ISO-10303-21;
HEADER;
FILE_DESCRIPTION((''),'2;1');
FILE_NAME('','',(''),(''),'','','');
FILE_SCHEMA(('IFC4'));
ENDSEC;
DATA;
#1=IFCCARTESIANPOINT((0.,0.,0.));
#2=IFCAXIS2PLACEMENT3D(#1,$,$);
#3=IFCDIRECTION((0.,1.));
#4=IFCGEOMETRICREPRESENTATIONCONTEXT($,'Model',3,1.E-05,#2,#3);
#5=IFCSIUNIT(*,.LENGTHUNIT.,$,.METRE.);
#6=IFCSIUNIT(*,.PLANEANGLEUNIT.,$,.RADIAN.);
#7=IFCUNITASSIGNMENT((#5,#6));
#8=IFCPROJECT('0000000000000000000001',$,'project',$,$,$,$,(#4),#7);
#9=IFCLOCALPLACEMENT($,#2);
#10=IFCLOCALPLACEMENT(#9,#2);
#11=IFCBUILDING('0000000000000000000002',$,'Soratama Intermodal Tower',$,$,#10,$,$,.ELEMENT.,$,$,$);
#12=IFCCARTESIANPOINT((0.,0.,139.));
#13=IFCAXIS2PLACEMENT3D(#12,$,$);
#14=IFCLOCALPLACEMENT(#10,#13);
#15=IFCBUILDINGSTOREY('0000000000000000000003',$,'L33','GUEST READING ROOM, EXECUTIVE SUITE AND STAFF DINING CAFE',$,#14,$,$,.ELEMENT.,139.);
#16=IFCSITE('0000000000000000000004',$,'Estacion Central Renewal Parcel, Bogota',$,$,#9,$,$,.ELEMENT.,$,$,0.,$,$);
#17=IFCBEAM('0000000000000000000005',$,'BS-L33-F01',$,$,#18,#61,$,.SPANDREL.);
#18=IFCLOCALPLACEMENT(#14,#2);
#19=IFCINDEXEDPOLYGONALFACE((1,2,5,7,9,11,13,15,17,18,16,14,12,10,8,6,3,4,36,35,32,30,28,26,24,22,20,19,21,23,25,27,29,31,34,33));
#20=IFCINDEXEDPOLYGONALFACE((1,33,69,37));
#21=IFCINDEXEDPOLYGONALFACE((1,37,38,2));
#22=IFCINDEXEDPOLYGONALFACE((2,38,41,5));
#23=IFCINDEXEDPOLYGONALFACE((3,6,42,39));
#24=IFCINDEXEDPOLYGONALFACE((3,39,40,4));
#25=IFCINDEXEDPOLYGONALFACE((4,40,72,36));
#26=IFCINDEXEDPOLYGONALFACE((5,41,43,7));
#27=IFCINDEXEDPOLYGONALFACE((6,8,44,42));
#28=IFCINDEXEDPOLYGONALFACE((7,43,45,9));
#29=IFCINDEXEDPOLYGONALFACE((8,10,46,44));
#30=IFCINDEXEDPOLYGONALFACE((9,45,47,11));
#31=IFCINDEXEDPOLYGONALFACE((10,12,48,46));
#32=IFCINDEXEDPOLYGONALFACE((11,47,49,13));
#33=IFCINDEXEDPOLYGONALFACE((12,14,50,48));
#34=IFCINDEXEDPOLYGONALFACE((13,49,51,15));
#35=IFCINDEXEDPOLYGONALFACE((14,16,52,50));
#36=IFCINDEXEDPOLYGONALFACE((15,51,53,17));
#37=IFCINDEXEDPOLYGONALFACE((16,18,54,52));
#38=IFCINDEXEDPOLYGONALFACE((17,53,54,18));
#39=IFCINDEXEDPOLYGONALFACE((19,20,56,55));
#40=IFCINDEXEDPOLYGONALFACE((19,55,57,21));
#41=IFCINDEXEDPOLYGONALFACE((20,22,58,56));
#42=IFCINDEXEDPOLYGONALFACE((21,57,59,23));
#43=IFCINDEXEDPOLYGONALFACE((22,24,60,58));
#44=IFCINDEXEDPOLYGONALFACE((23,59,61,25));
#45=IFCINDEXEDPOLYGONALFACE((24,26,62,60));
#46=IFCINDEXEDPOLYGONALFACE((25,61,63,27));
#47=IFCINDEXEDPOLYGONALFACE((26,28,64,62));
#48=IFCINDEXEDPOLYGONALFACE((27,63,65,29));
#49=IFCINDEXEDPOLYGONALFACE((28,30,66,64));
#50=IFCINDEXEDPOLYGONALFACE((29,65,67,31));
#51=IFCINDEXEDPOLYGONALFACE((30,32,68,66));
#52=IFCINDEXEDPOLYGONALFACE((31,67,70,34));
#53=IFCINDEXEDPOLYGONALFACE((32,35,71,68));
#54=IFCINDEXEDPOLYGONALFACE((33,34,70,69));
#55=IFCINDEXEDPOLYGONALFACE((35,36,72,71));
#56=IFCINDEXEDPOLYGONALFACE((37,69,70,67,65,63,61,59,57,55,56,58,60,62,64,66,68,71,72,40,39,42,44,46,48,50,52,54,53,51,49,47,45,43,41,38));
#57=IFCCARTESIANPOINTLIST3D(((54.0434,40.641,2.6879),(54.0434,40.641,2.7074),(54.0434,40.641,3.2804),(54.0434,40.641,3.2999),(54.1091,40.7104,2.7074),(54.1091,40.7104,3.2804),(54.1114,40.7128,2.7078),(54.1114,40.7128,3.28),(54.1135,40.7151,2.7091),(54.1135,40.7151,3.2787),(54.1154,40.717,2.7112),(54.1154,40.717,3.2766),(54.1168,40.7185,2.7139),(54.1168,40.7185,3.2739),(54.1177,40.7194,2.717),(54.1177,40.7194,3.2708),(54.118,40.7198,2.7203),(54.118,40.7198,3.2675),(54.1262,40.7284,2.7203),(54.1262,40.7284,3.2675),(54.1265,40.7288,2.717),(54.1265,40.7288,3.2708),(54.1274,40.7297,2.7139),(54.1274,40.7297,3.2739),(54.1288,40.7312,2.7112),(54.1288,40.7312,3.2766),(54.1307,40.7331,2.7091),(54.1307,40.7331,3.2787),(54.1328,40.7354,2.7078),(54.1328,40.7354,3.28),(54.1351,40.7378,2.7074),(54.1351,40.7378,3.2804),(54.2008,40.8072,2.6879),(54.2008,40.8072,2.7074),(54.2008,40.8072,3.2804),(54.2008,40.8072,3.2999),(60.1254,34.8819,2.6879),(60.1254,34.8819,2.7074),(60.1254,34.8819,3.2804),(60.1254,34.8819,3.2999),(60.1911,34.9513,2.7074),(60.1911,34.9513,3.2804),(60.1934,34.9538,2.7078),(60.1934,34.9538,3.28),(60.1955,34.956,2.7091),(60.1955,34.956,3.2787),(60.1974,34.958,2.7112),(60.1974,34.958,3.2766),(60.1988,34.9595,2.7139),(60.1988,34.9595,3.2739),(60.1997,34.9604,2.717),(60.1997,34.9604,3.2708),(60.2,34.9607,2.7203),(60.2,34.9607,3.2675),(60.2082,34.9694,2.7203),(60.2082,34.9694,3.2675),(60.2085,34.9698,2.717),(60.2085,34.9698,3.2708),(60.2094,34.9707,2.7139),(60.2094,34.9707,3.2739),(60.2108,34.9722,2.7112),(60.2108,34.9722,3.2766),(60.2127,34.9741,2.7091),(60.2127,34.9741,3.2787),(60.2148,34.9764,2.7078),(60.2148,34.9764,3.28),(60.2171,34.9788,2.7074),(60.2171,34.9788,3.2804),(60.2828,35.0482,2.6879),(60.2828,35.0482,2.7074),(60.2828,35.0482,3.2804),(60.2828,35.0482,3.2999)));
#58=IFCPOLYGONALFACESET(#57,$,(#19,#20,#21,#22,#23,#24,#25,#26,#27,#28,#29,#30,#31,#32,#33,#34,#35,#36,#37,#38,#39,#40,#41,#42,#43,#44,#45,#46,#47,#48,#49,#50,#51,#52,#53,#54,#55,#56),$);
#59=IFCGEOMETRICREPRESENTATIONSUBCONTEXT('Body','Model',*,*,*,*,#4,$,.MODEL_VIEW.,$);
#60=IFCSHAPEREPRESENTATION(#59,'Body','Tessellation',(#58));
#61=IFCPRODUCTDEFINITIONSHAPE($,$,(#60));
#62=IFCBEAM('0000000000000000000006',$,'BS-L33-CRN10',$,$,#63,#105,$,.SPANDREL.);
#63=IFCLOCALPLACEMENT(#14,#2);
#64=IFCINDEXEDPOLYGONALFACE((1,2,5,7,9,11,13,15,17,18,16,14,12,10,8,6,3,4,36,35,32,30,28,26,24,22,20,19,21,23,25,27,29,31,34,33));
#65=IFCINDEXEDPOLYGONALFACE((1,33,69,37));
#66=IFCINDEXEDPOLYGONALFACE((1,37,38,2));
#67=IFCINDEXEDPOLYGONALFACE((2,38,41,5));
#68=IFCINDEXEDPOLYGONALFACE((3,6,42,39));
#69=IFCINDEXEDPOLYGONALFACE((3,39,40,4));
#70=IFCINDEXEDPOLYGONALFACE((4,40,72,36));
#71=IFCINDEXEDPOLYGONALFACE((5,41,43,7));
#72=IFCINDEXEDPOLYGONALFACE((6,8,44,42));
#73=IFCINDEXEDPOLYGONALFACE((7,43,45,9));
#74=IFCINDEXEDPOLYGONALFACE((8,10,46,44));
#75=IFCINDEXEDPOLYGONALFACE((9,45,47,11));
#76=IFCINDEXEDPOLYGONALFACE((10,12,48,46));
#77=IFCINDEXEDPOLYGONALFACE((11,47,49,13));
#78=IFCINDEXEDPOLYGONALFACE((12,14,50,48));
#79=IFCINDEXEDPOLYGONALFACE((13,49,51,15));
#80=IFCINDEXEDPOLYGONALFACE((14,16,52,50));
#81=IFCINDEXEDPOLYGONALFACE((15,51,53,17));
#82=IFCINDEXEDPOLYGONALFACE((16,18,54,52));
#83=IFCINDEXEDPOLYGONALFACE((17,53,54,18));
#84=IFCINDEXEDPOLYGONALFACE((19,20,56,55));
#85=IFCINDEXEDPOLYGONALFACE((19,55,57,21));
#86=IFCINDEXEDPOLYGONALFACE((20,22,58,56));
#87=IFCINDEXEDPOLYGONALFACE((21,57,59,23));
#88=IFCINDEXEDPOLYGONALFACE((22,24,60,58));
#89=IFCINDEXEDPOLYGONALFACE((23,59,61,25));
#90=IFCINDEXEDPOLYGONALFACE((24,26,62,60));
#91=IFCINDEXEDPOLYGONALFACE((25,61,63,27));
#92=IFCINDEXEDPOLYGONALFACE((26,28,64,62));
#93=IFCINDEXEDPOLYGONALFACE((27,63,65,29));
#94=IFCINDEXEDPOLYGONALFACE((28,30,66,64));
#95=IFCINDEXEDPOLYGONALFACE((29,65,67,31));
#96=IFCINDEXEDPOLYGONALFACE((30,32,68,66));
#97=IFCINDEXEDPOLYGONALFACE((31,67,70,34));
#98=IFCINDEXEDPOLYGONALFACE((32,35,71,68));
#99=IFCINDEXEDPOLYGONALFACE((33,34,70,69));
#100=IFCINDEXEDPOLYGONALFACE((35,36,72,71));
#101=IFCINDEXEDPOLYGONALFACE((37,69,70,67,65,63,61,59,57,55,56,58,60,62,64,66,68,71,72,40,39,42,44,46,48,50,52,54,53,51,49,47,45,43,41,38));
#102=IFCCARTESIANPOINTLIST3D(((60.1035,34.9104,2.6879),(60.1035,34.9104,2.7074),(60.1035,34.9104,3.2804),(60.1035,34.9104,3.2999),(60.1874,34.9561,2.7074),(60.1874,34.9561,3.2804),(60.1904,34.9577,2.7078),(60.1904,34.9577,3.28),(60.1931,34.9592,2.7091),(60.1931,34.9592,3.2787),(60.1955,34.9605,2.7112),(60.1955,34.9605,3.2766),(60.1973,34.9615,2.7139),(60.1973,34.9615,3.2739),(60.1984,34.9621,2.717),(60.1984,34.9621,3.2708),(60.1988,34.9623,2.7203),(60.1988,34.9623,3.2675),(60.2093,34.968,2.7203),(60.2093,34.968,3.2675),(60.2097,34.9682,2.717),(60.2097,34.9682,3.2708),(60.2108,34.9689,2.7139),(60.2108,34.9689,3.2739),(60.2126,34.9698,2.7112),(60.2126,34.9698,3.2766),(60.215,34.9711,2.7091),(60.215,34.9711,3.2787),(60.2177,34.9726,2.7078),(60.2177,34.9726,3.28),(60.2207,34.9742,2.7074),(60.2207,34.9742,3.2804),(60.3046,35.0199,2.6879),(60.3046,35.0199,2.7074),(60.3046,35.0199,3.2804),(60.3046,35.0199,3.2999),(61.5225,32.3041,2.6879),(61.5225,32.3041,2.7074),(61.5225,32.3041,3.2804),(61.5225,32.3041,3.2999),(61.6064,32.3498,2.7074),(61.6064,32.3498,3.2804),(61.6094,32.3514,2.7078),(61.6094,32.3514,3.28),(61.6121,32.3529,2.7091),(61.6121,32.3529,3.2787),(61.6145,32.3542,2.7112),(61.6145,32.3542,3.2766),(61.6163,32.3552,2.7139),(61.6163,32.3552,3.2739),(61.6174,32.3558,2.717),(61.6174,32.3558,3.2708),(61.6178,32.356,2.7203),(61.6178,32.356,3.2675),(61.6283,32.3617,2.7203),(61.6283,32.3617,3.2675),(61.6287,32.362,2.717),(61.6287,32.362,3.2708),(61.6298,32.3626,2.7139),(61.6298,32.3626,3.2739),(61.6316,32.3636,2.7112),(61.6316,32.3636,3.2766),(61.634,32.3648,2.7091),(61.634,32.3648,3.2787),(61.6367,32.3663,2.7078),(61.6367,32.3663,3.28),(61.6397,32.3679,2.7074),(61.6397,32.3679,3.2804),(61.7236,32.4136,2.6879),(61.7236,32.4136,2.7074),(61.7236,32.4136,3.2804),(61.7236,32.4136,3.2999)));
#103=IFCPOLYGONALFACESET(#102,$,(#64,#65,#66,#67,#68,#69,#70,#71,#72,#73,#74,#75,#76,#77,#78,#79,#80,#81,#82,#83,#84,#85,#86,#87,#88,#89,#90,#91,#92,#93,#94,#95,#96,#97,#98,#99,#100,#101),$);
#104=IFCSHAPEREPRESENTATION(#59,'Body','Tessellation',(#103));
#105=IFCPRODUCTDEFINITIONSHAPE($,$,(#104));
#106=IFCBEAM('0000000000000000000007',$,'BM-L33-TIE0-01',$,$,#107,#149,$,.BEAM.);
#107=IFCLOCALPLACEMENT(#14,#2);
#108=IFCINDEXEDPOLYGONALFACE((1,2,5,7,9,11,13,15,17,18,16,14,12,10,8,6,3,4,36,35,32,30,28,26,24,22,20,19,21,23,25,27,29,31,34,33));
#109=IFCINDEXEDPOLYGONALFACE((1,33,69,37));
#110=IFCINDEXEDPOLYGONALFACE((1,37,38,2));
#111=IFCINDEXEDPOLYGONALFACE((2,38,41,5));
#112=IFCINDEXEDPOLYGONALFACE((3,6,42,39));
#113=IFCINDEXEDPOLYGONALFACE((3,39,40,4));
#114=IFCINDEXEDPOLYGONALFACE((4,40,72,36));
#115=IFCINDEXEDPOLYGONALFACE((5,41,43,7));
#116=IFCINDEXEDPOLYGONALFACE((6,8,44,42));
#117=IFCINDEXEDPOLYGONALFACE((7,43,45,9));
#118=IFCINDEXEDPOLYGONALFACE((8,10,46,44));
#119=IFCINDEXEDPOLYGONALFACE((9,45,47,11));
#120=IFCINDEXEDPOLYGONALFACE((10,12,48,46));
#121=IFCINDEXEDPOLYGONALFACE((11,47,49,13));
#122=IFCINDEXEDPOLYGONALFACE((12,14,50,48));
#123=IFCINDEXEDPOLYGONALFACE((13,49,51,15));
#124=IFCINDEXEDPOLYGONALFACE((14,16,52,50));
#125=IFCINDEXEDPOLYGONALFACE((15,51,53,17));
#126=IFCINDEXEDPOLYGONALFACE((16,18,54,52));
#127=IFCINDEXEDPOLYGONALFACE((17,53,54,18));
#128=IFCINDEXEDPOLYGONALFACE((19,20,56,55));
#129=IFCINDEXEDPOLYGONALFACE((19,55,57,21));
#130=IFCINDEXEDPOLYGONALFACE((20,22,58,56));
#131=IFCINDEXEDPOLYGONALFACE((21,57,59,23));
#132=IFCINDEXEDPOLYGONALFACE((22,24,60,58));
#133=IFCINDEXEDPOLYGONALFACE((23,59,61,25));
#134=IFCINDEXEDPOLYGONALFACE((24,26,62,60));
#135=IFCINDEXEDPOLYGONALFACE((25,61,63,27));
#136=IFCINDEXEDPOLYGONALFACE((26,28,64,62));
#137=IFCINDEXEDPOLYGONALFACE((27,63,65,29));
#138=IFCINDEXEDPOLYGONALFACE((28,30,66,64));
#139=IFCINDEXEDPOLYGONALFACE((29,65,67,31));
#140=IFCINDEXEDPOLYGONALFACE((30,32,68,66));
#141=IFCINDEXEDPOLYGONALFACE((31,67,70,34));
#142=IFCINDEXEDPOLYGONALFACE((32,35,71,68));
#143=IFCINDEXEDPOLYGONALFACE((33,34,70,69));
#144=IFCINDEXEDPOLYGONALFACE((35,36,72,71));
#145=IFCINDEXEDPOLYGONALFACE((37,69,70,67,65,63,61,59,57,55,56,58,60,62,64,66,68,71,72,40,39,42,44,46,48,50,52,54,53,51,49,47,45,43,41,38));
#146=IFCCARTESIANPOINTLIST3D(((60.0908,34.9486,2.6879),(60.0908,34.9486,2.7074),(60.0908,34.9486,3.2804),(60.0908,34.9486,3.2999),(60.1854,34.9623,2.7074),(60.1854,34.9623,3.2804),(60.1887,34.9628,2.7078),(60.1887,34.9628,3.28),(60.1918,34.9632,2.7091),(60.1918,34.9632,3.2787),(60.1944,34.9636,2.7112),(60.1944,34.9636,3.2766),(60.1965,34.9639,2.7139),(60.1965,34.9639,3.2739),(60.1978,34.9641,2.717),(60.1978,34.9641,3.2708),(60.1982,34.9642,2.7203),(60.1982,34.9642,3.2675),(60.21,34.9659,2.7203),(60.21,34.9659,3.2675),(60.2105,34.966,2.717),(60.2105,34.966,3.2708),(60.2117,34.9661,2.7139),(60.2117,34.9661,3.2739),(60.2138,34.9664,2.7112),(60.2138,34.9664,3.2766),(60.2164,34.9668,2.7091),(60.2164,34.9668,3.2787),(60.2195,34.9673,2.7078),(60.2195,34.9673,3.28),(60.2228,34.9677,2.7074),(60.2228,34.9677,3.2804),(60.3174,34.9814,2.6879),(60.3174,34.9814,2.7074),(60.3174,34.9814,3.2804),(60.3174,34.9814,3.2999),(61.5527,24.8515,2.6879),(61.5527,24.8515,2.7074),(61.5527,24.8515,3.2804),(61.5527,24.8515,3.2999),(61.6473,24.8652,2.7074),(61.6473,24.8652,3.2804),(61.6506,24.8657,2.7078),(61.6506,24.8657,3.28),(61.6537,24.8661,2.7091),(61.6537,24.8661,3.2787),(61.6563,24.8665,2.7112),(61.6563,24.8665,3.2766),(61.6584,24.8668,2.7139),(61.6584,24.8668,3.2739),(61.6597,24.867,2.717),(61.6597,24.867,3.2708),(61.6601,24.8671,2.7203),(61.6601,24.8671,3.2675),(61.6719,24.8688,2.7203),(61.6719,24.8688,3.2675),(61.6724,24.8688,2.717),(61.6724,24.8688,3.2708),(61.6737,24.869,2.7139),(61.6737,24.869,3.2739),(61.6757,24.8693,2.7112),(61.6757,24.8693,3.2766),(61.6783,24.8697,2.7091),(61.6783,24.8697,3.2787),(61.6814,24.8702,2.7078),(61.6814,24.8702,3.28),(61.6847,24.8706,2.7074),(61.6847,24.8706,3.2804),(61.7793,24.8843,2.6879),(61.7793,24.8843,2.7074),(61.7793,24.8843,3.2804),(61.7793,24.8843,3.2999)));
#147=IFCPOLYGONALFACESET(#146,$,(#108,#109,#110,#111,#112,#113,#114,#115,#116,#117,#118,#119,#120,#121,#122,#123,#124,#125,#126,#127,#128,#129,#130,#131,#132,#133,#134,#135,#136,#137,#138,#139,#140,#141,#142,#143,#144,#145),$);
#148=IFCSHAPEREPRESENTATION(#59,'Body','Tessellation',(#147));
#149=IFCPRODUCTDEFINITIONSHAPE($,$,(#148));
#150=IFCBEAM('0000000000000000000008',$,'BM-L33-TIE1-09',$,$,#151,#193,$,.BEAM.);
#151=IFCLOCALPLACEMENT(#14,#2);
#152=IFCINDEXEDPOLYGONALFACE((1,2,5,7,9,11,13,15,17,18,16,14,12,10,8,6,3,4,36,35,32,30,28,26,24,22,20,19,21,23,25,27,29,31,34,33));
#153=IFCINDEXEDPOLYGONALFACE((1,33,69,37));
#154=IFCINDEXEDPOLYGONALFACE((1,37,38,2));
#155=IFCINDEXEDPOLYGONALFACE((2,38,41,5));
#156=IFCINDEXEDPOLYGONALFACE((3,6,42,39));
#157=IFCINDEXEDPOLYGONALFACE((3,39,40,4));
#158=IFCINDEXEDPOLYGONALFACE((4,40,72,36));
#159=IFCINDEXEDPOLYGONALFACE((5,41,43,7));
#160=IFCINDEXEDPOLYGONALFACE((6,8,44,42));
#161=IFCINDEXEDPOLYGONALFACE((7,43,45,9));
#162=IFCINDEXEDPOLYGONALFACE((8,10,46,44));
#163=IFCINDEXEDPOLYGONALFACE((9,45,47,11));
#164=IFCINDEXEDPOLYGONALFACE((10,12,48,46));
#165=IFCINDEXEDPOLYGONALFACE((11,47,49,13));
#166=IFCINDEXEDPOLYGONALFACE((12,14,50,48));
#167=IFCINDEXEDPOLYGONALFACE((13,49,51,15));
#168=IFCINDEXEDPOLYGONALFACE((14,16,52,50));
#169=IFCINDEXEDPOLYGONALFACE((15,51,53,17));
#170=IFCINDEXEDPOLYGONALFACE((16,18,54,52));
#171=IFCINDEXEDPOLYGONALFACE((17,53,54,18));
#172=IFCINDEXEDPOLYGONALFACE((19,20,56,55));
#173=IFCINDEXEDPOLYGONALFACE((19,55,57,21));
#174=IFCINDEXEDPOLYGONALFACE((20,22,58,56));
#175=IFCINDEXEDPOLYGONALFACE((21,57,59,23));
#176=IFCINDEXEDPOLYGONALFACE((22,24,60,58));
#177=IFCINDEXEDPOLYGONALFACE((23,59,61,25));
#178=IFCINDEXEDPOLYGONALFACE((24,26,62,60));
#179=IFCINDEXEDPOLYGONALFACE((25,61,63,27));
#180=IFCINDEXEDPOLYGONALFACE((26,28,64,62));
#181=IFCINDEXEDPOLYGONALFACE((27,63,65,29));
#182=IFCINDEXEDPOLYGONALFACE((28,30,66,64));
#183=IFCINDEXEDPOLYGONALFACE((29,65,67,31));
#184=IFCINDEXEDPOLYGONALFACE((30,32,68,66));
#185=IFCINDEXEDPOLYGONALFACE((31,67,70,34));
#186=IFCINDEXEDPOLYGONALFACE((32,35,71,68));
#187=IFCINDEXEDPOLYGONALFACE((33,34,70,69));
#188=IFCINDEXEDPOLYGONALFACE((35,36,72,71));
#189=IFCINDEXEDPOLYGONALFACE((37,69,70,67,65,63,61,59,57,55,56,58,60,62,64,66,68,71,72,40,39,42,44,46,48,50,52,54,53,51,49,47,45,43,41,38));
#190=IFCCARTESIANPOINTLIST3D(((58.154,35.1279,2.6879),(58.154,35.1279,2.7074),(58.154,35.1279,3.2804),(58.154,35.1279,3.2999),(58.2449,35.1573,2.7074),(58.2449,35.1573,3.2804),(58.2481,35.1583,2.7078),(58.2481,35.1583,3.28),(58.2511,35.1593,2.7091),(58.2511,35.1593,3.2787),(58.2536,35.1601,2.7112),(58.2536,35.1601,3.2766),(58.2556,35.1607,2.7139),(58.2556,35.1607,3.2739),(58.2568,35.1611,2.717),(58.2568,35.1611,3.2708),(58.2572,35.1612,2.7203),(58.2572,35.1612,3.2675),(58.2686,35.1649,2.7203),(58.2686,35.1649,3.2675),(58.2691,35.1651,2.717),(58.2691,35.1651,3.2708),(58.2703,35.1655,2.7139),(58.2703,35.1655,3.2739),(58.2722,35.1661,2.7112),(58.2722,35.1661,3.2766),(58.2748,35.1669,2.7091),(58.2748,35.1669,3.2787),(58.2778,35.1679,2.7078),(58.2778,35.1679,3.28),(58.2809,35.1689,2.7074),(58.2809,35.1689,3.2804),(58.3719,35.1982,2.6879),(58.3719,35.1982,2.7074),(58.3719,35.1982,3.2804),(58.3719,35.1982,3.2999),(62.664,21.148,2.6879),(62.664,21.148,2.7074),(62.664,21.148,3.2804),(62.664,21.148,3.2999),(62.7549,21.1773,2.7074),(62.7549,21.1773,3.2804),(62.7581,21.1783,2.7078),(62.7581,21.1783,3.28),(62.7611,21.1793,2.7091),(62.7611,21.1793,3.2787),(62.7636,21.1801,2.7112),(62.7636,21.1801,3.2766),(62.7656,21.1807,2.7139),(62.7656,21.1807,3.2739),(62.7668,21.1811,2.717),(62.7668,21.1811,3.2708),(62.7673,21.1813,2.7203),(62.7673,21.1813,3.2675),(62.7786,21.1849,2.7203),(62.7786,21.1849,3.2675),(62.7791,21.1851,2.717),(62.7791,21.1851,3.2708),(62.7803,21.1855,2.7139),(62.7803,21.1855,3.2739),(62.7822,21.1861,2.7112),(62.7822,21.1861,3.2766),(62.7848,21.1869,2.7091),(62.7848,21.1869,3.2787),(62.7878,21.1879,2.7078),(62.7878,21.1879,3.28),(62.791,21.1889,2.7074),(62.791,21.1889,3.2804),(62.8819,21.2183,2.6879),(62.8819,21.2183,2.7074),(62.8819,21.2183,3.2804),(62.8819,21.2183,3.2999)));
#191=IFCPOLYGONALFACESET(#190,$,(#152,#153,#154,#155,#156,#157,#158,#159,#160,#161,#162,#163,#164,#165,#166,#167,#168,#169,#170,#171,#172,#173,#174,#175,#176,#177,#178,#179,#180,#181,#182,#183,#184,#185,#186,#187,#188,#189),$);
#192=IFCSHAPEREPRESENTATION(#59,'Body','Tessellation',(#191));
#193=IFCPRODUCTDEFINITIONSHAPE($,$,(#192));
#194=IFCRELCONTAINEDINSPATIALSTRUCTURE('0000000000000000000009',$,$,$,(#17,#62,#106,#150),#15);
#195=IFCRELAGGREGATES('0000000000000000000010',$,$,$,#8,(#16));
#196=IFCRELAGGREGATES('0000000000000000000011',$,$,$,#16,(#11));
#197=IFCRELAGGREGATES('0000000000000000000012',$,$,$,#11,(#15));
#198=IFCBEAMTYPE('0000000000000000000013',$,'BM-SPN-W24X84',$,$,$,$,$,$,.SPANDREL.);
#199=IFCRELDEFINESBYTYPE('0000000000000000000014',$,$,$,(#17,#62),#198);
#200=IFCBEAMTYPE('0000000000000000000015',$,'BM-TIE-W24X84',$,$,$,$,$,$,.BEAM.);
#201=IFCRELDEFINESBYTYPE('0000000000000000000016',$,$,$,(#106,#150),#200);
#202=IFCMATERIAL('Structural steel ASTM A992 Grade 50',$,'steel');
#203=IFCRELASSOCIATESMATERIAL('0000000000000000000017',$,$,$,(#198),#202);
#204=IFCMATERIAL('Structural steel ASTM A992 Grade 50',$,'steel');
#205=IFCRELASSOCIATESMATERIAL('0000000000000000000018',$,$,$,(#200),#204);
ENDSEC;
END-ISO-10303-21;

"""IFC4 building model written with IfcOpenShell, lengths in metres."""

from ifc_helpers import new_model, si_unit, direction, frame, origin, origin_2d, place, context, subcontext, project, spatial, i_section, extrude, material, material_profile, profile_set, type_object, element, save


model = new_model("IFC4")

# Units and contexts
model_context = context("Model", 3, precision=1e-05, world=origin(), true_north=direction((0.0, 1.0)))
body_context = subcontext(model_context, "Body", "Model", "MODEL_VIEW")
ifc_project = project(units=[si_unit("LENGTHUNIT", "METRE"), si_unit("PLANEANGLEUNIT", "RADIAN")], contexts=[model_context])

# Site, building, storey
site_placement = place(None, origin())
site = spatial("IfcSite", under=ifc_project, at=site_placement, Name="Estacion Central Renewal Parcel, Bogota", CompositionType="ELEMENT", RefElevation=0.0)
building_placement = place(site_placement, origin())
building = spatial("IfcBuilding", under=site, at=building_placement, Name="Soratama Intermodal Tower", CompositionType="ELEMENT")
storey_placement = place(building_placement, frame((0.0, 0.0, 139.0)))
storey = spatial("IfcBuildingStorey", under=building, at=storey_placement, Name="L33", Description="GUEST READING ROOM, EXECUTIVE SUITE AND STAFF DINING CAFE", CompositionType="ELEMENT", Elevation=139.0)

# Beams
ifc_material_1 = material(Name="Structural steel ASTM A992 Grade 50", Category="steel")
ifc_material_profile_1 = material_profile(ifc_material_1, i_section(OverallWidth=0.229, OverallDepth=0.6121, WebThickness=0.012, FlangeThickness=0.0195, FilletRadius=0.0129, at=origin_2d()), Name="W24X84")
ifc_profile_set_1 = profile_set([ifc_material_profile_1], Name="Structural steel ASTM A992 Grade 50")
beam_type_1 = type_object("IfcBeamType", Name="BM-SPN-W24X84", PredefinedType="SPANDREL", material=ifc_profile_set_1)
beam_1_placement = place(storey_placement, frame((60.2041, 34.9651, 2.9939), z_axis=(-0.726125, 0.687563, 0.0), x_axis=(-0.687563, -0.726125, 0.0)))
element("IfcBeam", 1, at=beam_1_placement, inside=storey, type_object=beam_type_1, Name="BS-L33-F01", PredefinedType="SPANDREL", context=body_context, shape_type="SweptSolid", body=[
    extrude(i_section(OverallWidth=0.229, OverallDepth=0.6121, WebThickness=0.012, FlangeThickness=0.0195, FilletRadius=0.0129, at=origin_2d()), origin(), (0.0, 0.0, 1.0), 8.376),
])
beam_2_placement = place(storey_placement, frame((61.623, 32.3589, 2.9939), z_axis=(-0.478172, 0.878266, 0.0), x_axis=(-0.878266, -0.478172, 0.0)))
element("IfcBeam", 2, at=beam_2_placement, inside=storey, type_object=beam_type_1, Name="BS-L33-CRN10", PredefinedType="SPANDREL", context=body_context, shape_type="SweptSolid", body=[
    extrude(i_section(OverallWidth=0.229, OverallDepth=0.6121, WebThickness=0.012, FlangeThickness=0.0195, FilletRadius=0.0129, at=origin_2d()), origin(), (0.0, 0.0, 1.0), 2.9675),
])
ifc_material_2 = material(Name="Structural steel ASTM A992 Grade 50", Category="steel")
ifc_material_profile_2 = material_profile(ifc_material_2, i_section(OverallWidth=0.229, OverallDepth=0.6121, WebThickness=0.012, FlangeThickness=0.0195, FilletRadius=0.0129, at=origin_2d()), Name="W24X84")
ifc_profile_set_2 = profile_set([ifc_material_profile_2], Name="Structural steel ASTM A992 Grade 50")
beam_type_2 = type_object("IfcBeamType", Name="BM-TIE-W24X84", PredefinedType="BEAM", material=ifc_profile_set_2)
beam_3_placement = place(storey_placement, frame((61.666, 24.8679, 2.9939), z_axis=(-0.14329, 0.989681, 0.0), x_axis=(-0.989681, -0.14329, 0.0)))
element("IfcBeam", 3, at=beam_3_placement, inside=storey, type_object=beam_type_2, Name="BM-L33-TIE0-01", PredefinedType="BEAM", context=body_context, shape_type="SweptSolid", body=[
    extrude(i_section(OverallWidth=0.229, OverallDepth=0.6121, WebThickness=0.012, FlangeThickness=0.0195, FilletRadius=0.0129, at=origin_2d()), origin(), (0.0, 0.0, 1.0), 10.2024),
])
beam_4_placement = place(storey_placement, frame((58.2629, 35.1631, 2.9939), z_axis=(0.307024, -0.951702, 0.0), x_axis=(0.951702, 0.307024, 0.0)))
element("IfcBeam", 4, at=beam_4_placement, inside=storey, type_object=beam_type_2, Name="BM-L33-TIE1-09", PredefinedType="BEAM", context=body_context, shape_type="SweptSolid", body=[
    extrude(i_section(OverallWidth=0.229, OverallDepth=0.6121, WebThickness=0.012, FlangeThickness=0.0195, FilletRadius=0.0129, at=origin_2d()), origin(), (0.0, 0.0, 1.0), 14.6895),
])

save(model, "model.ifc")
